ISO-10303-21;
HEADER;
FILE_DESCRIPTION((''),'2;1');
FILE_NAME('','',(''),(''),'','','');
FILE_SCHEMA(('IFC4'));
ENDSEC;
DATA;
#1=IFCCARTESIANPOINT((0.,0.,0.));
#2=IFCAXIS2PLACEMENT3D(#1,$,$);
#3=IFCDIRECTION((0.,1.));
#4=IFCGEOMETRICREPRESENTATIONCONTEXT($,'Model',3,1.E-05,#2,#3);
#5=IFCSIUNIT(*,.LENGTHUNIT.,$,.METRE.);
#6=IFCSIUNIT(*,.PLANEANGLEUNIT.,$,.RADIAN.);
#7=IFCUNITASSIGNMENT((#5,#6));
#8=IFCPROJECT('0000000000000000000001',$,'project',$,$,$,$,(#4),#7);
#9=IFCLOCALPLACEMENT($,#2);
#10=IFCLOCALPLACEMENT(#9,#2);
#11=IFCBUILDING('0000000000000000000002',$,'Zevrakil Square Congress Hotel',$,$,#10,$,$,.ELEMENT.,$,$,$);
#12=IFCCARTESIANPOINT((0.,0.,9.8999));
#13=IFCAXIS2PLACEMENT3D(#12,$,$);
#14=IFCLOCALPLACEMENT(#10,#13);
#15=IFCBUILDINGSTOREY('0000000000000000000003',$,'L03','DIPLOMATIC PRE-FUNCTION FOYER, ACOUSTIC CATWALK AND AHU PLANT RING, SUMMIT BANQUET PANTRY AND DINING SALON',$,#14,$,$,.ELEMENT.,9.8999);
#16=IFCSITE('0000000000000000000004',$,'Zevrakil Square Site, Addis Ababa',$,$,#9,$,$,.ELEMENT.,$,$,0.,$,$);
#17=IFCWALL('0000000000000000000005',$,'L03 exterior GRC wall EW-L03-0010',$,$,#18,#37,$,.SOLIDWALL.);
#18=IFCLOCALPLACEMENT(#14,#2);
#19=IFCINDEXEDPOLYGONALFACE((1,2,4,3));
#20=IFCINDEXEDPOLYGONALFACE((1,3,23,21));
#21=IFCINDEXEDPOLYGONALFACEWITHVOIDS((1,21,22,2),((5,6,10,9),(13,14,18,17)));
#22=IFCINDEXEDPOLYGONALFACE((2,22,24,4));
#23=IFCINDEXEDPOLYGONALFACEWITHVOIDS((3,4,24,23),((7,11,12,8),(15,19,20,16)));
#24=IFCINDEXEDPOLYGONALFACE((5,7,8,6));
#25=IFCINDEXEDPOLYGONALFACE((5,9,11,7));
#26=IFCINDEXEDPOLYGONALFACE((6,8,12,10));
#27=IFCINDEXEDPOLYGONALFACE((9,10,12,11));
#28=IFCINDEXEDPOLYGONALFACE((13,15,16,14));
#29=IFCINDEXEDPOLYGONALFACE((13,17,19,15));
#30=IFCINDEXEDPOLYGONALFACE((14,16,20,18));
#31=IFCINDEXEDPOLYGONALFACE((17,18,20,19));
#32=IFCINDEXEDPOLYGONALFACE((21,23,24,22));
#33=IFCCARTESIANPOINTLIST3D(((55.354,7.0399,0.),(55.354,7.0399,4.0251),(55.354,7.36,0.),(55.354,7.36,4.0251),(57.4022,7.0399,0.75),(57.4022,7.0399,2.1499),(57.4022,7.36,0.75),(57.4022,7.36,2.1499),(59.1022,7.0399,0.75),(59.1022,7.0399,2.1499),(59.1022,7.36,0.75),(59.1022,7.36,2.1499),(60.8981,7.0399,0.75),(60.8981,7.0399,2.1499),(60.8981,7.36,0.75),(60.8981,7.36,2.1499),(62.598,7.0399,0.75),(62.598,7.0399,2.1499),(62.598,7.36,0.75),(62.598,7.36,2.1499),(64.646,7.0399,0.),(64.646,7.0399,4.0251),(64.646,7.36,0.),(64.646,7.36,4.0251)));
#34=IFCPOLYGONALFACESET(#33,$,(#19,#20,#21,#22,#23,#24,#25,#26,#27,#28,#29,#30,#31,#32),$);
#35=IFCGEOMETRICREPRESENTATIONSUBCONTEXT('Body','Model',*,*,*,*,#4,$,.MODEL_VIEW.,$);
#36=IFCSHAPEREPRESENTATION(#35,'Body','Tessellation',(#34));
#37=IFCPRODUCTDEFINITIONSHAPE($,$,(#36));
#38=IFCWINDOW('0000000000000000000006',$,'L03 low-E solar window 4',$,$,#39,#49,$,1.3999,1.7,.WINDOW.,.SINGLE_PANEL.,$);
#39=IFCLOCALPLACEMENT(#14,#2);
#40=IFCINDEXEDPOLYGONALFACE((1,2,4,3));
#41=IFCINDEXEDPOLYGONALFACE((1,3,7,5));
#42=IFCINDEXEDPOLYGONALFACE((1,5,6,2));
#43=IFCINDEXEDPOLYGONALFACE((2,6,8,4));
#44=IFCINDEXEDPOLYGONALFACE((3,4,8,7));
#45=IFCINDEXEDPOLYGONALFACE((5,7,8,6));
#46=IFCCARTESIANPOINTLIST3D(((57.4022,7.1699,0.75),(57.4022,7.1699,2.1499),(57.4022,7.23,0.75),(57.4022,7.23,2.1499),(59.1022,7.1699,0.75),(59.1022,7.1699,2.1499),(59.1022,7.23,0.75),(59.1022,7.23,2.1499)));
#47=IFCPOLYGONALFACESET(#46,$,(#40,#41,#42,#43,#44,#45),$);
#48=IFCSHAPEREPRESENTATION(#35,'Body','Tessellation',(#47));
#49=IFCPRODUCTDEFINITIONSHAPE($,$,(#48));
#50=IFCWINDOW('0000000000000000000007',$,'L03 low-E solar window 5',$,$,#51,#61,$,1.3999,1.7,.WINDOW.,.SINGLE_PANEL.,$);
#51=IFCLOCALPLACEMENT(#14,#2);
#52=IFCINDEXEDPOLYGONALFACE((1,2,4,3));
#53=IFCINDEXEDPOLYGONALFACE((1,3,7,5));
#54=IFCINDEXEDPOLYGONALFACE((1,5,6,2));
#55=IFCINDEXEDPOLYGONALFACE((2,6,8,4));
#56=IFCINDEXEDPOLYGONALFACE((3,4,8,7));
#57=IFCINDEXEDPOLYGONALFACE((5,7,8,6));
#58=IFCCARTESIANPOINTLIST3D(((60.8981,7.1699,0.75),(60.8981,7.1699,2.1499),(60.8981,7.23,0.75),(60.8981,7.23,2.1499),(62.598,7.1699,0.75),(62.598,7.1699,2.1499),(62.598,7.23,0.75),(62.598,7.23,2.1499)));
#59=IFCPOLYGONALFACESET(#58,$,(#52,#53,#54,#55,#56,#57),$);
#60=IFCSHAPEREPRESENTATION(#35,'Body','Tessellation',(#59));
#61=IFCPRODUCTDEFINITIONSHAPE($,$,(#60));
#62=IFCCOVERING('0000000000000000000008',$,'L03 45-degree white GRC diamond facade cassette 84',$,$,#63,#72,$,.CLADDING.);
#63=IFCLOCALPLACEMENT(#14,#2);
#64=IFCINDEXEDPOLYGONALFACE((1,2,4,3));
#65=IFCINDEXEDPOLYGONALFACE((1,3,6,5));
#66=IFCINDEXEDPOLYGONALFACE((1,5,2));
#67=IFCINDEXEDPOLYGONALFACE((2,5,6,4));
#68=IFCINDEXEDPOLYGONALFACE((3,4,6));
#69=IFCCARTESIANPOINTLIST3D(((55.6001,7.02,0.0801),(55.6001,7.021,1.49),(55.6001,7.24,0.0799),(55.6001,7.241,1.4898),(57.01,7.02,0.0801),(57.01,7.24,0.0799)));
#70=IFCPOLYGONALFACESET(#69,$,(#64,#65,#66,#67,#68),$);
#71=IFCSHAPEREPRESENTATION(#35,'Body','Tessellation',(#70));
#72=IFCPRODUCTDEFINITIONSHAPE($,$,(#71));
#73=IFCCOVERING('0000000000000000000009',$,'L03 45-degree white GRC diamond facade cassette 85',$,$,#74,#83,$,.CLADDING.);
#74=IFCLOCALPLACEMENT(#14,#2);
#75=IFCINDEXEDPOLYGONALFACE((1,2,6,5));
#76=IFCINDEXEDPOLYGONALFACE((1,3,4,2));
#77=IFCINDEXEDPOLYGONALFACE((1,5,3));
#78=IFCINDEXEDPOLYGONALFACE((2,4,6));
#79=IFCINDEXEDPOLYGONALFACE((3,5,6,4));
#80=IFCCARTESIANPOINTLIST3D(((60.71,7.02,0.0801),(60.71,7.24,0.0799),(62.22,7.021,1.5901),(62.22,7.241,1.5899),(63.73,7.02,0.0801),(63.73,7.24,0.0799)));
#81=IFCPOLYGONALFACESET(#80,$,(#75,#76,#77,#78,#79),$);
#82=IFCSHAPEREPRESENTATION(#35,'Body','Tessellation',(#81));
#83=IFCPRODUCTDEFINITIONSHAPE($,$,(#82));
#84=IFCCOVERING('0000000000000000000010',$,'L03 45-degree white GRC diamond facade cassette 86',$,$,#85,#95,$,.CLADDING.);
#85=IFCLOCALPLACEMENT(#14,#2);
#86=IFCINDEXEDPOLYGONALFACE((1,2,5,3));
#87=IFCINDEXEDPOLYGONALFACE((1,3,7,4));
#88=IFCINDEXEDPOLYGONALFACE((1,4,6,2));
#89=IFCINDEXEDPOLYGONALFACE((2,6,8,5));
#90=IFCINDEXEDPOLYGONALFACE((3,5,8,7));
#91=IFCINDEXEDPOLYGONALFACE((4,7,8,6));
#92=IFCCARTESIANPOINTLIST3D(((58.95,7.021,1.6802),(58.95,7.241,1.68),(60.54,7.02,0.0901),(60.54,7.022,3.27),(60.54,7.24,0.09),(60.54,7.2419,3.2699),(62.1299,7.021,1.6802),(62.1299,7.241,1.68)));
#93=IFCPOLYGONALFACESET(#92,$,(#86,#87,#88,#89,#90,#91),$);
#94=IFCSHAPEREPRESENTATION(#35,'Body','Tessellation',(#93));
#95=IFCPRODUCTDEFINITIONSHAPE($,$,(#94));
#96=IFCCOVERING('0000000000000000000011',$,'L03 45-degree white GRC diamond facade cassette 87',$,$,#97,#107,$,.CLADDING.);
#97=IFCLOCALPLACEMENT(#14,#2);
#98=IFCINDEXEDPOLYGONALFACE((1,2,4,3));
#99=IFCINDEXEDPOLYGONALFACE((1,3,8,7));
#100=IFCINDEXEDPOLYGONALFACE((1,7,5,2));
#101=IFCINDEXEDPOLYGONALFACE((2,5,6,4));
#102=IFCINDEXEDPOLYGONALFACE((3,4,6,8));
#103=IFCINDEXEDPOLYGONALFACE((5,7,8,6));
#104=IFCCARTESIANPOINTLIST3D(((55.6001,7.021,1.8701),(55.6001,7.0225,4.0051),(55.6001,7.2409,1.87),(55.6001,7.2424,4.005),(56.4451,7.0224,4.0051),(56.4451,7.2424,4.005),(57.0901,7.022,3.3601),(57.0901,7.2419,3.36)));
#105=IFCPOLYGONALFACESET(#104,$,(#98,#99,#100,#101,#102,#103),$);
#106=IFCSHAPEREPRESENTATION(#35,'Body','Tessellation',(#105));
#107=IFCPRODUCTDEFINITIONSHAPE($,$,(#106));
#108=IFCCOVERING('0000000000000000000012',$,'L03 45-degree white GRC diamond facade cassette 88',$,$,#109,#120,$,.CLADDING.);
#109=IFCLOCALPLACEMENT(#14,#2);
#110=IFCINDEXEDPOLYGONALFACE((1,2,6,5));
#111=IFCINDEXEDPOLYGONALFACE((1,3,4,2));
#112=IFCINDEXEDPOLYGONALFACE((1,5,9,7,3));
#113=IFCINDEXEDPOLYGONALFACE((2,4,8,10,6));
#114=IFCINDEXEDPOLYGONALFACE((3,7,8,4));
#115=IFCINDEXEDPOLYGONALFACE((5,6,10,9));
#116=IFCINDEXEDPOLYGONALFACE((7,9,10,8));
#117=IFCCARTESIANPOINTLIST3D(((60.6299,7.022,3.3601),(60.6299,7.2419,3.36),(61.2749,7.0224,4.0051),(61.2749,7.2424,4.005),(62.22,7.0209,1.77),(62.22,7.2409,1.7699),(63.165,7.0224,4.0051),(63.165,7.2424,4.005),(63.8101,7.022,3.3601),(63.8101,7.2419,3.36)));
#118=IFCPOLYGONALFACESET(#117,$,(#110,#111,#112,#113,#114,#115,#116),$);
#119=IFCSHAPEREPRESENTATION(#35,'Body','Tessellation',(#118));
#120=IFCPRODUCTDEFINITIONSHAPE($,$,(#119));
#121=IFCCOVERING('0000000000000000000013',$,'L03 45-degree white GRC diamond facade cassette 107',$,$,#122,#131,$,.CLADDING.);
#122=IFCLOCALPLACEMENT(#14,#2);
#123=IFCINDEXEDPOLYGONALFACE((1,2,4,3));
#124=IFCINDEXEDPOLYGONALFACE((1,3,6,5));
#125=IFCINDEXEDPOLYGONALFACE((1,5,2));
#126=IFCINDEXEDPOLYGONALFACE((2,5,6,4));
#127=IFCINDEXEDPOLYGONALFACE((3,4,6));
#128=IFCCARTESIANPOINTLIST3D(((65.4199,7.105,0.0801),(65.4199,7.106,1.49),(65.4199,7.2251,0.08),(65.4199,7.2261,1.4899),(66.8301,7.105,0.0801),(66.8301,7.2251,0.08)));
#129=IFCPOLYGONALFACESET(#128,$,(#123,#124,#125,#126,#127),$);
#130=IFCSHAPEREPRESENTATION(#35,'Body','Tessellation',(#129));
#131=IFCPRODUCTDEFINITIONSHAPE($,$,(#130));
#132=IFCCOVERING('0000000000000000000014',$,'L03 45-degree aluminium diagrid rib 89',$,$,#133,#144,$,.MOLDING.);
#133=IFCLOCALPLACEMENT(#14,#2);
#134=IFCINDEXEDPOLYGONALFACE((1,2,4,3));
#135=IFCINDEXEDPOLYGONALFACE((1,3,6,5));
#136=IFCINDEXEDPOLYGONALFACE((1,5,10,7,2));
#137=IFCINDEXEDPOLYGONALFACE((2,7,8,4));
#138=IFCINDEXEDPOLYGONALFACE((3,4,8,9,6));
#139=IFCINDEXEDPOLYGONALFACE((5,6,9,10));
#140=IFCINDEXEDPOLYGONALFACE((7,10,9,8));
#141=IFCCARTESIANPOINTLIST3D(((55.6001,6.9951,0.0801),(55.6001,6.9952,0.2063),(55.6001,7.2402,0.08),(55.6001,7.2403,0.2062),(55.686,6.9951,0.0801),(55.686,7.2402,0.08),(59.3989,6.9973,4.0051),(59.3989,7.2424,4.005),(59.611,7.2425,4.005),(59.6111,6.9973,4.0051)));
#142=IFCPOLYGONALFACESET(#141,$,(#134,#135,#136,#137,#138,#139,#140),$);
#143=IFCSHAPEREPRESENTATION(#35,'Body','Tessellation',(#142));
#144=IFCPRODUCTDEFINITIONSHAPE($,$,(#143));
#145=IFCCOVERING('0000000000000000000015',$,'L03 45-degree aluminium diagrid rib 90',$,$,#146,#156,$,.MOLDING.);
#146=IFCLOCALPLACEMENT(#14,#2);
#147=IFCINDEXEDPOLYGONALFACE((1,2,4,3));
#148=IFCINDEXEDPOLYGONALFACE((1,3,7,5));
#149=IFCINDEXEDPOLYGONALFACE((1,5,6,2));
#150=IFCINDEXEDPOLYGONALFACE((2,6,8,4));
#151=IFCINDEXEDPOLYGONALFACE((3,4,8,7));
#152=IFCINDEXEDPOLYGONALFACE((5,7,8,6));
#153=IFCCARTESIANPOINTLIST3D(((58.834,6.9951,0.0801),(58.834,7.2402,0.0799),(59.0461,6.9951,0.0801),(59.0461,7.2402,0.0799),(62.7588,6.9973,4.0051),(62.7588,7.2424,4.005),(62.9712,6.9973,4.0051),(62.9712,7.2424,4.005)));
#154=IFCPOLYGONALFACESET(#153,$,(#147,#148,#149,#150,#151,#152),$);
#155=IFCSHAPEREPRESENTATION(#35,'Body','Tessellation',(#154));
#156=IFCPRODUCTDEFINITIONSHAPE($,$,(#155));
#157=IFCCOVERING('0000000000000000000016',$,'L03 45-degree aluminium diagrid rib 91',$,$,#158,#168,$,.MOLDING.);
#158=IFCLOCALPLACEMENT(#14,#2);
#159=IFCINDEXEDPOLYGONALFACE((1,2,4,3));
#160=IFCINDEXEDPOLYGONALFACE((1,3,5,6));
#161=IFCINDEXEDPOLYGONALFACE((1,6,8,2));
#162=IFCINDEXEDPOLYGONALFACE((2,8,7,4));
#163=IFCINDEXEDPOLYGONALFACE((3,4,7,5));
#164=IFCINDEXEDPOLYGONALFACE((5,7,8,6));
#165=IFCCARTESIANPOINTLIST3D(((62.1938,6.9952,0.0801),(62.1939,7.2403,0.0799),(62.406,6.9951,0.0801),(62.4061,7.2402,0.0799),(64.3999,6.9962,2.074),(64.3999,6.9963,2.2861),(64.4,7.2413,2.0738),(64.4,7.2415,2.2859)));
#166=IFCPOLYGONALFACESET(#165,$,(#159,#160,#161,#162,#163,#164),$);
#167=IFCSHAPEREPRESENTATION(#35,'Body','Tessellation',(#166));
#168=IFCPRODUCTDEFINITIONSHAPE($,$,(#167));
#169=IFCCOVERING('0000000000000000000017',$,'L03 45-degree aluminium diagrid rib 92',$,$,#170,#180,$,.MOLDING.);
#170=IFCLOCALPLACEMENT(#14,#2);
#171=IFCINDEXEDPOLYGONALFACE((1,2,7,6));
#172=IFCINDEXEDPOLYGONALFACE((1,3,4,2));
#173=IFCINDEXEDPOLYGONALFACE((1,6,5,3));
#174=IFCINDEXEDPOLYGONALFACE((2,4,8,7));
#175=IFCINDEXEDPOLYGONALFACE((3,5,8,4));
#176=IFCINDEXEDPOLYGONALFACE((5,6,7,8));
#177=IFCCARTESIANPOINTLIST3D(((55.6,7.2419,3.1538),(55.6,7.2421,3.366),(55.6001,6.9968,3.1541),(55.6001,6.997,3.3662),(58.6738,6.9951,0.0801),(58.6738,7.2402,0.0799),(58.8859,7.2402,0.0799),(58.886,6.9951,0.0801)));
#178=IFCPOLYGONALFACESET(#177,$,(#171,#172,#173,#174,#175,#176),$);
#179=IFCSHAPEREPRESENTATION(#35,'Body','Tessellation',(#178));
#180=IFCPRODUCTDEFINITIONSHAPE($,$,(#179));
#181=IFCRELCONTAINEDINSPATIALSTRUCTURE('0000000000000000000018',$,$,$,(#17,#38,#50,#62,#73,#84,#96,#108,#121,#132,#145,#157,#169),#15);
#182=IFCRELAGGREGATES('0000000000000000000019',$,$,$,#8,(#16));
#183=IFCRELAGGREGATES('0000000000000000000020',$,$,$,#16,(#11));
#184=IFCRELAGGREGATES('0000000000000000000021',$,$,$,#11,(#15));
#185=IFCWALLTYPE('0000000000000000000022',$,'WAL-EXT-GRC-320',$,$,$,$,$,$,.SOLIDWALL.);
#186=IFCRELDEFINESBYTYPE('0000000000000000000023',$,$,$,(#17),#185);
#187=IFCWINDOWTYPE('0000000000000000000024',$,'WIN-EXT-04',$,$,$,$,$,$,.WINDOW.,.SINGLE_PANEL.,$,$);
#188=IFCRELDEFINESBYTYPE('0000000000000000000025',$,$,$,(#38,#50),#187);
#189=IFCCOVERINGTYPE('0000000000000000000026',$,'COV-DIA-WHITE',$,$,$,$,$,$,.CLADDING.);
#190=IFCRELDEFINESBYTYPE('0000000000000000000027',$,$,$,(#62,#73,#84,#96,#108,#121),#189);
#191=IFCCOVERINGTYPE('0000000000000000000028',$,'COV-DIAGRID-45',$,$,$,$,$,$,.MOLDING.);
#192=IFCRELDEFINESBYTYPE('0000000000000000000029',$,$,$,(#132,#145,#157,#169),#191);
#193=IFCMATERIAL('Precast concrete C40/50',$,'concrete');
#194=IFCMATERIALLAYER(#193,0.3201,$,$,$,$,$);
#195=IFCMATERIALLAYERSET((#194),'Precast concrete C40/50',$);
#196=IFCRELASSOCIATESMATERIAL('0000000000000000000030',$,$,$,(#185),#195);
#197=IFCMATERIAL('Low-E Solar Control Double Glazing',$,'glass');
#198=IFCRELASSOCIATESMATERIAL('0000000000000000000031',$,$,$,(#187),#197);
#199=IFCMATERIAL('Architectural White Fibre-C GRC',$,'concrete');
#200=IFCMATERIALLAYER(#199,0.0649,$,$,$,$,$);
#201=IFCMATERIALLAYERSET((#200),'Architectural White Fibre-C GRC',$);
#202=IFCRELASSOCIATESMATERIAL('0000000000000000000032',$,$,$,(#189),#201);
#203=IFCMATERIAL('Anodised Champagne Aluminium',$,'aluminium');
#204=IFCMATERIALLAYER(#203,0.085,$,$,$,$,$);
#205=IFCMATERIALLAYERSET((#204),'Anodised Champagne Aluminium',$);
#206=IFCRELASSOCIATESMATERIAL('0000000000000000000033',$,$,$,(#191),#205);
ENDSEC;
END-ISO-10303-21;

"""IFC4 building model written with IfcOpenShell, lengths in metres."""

from ifc_helpers import new_model, si_unit, direction, frame, frame_2d, origin, place, context, subcontext, project, spatial, polyline, rectangle, outline, extrude, material, layer, layer_set, type_object, element, fill, save


model = new_model("IFC4")

# Units and contexts
model_context = context("Model", 3, precision=1e-05, world=origin(), true_north=direction((0.0, 1.0)))
body_context = subcontext(model_context, "Body", "Model", "MODEL_VIEW")
ifc_project = project(units=[si_unit("LENGTHUNIT", "METRE"), si_unit("PLANEANGLEUNIT", "RADIAN")], contexts=[model_context])

# Site, building, storey
site_placement = place(None, origin())
site = spatial("IfcSite", under=ifc_project, at=site_placement, Name="Zevrakil Square Site, Addis Ababa", CompositionType="ELEMENT", RefElevation=0.0)
building_placement = place(site_placement, origin())
building = spatial("IfcBuilding", under=site, at=building_placement, Name="Zevrakil Square Congress Hotel", CompositionType="ELEMENT")
storey_placement = place(building_placement, frame((0.0, 0.0, 9.8999)))
storey = spatial("IfcBuildingStorey", under=building, at=storey_placement, Name="L03", Description="DIPLOMATIC PRE-FUNCTION FOYER, ACOUSTIC CATWALK AND AHU PLANT RING, SUMMIT BANQUET PANTRY AND DINING SALON", CompositionType="ELEMENT", Elevation=9.8999)

# Wall, openings, windows
ifc_material_1 = material(Name="Precast concrete C40/50", Category="concrete")
ifc_layer_1 = layer(ifc_material_1, 0.3201)
ifc_layer_set_1 = layer_set([ifc_layer_1], Name="Precast concrete C40/50")
wall_type = type_object("IfcWallType", Name="WAL-EXT-GRC-320", PredefinedType="SOLIDWALL", material=ifc_layer_set_1)
wall_placement = place(storey_placement, frame((55.354, 7.2, 0.0), z_axis=(0.0, 0.0, 1.0), x_axis=(1.0, 0.0, 0.0)))
wall = element("IfcWall", 1, at=wall_placement, inside=storey, type_object=wall_type, Name="L03 exterior GRC wall EW-L03-0010", PredefinedType="SOLIDWALL", context=body_context, shape_type="SweptSolid", body=[
    extrude(rectangle(XDim=9.292, YDim=0.3201, at=frame_2d((4.646, 0.0))), origin(), (0.0, 0.0, 1.0), 4.0251),
])
opening_1_placement = place(wall_placement, frame((2.0481, 0.0, 0.75)))
opening_1 = element("IfcOpeningElement", 2, at=opening_1_placement, cuts=wall, PredefinedType="OPENING", context=body_context, shape_type="SweptSolid", body=[
    extrude(rectangle(XDim=1.7, YDim=1.3999, at=frame_2d((0.8501, 0.7))), frame((0.0, 0.1699, 0.0), z_axis=(0.0, -1.0, 0.0), x_axis=(1.0, 0.0, 0.0)), (0.0, 0.0, 1.0), 0.3401),
])
opening_2_placement = place(wall_placement, frame((5.5439, 0.0, 0.75)))
opening_2 = element("IfcOpeningElement", 3, at=opening_2_placement, cuts=wall, PredefinedType="OPENING", context=body_context, shape_type="SweptSolid", body=[
    extrude(rectangle(XDim=1.7, YDim=1.3999, at=frame_2d((0.8501, 0.7))), frame((0.0, 0.1699, 0.0), z_axis=(0.0, -1.0, 0.0), x_axis=(1.0, 0.0, 0.0)), (0.0, 0.0, 1.0), 0.3401),
])
ifc_material_2 = material(Name="Low-E Solar Control Double Glazing", Category="glass")
window_type = type_object("IfcWindowType", Name="WIN-EXT-04", PartitioningType="SINGLE_PANEL", PredefinedType="WINDOW", material=ifc_material_2)
window_1_placement = place(opening_1_placement, origin())
window_1 = element("IfcWindow", 4, at=window_1_placement, inside=storey, type_object=window_type, Name="L03 low-E solar window 4", OverallHeight=1.3999, OverallWidth=1.7, PartitioningType="SINGLE_PANEL", PredefinedType="WINDOW", context=body_context, shape_type="SweptSolid", body=[
    extrude(rectangle(XDim=1.7, YDim=1.3999, at=frame_2d((0.8501, 0.7))), frame((0.0, 0.03, 0.0), z_axis=(0.0, -1.0, 0.0), x_axis=(1.0, 0.0, 0.0)), (0.0, 0.0, 1.0), 0.0601),
])
fill(opening_1, window_1)
window_2_placement = place(opening_2_placement, origin())
window_2 = element("IfcWindow", 5, at=window_2_placement, inside=storey, type_object=window_type, Name="L03 low-E solar window 5", OverallHeight=1.3999, OverallWidth=1.7, PartitioningType="SINGLE_PANEL", PredefinedType="WINDOW", context=body_context, shape_type="SweptSolid", body=[
    extrude(rectangle(XDim=1.7, YDim=1.3999, at=frame_2d((0.8501, 0.7))), frame((0.0, 0.03, 0.0), z_axis=(0.0, -1.0, 0.0), x_axis=(1.0, 0.0, 0.0)), (0.0, 0.0, 1.0), 0.0601),
])
fill(opening_2, window_2)

# Coverings
ifc_material_3 = material(Name="Architectural White Fibre-C GRC", Category="concrete")
ifc_layer_2 = layer(ifc_material_3, 0.0649)
ifc_layer_set_2 = layer_set([ifc_layer_2], Name="Architectural White Fibre-C GRC")
covering_type_1 = type_object("IfcCoveringType", Name="COV-DIA-WHITE", PredefinedType="CLADDING", material=ifc_layer_set_2)
covering_1_placement = place(storey_placement, frame((57.01, 7.02, 0.0801), z_axis=(0.0, -1.0, 0.000693), x_axis=(-1.0, 0.0, 0.0)))
element("IfcCovering", 6, at=covering_1_placement, inside=storey, type_object=covering_type_1, Name="L03 45-degree white GRC diamond facade cassette 84", PredefinedType="CLADDING", context=body_context, shape_type="SweptSolid", body=[
    extrude(outline(polyline([(0.0, 0.0), (1.4099, 0.0), (1.4099, -1.4099), (0.0, 0.0)])), origin(), (0.0, 0.0, -1.0), 0.22),
])
covering_2_placement = place(storey_placement, frame((62.22, 7.021, 1.5901), z_axis=(0.0, -1.0, 0.000647), x_axis=(0.707107, -0.000457, -0.707107)))
element("IfcCovering", 7, at=covering_2_placement, inside=storey, type_object=covering_type_1, Name="L03 45-degree white GRC diamond facade cassette 85", PredefinedType="CLADDING", context=body_context, shape_type="SweptSolid", body=[
    extrude(outline(polyline([(0.0, 0.0), (2.1355, 0.0), (0.0, -2.1355), (0.0, 0.0)])), origin(), (0.0, 0.0, -1.0), 0.22),
])
covering_3_placement = place(storey_placement, frame((60.54, 7.022, 3.27), z_axis=(0.0, -1.0, 0.000614), x_axis=(0.707107, -0.000434, -0.707107)))
element("IfcCovering", 8, at=covering_3_placement, inside=storey, type_object=covering_type_1, Name="L03 45-degree white GRC diamond facade cassette 86", PredefinedType="CLADDING", context=body_context, shape_type="SweptSolid", body=[
    extrude(outline(polyline([(0.0, 0.0), (2.2484, 0.0), (2.2486, -2.2486), (-0.0002, -2.2486), (0.0, 0.0)])), origin(), (0.0, 0.0, -1.0), 0.22),
])
covering_4_placement = place(storey_placement, frame((57.0901, 7.022, 3.3601), z_axis=(-0.000026, -1.0, 0.000696), x_axis=(-0.707107, -0.000474, -0.707107)))
element("IfcCovering", 9, at=covering_4_placement, inside=storey, type_object=covering_type_1, Name="L03 45-degree white GRC diamond facade cassette 87", PredefinedType="CLADDING", context=body_context, shape_type="SweptSolid", body=[
    extrude(outline(polyline([(0.0, 0.0), (2.1072, 0.0), (0.5975, -1.5097), (0.0, -0.9122), (0.0, 0.0)])), origin(), (0.0, 0.0, -1.0), 0.22),
])
covering_5_placement = place(storey_placement, frame((63.8101, 7.022, 3.3601), z_axis=(0.0, -1.0, 0.00067), x_axis=(-0.707107, -0.000474, -0.707107)))
element("IfcCovering", 10, at=covering_5_placement, inside=storey, type_object=covering_type_1, Name="L03 45-degree white GRC diamond facade cassette 88", PredefinedType="CLADDING", context=body_context, shape_type="SweptSolid", body=[
    extrude(outline(polyline([(0.0, 0.0), (2.2487, 0.0), (2.2487, -2.2487), (1.3365, -2.2487), (0.0, -0.9122), (0.0, 0.0)])), origin(), (0.0, 0.0, -1.0), 0.22),
])
covering_6_placement = place(storey_placement, frame((66.8301, 7.105, 0.0801), z_axis=(0.0, -1.0, 0.000693), x_axis=(-1.0, 0.0, 0.0)))
element("IfcCovering", 11, at=covering_6_placement, inside=storey, type_object=covering_type_1, Name="L03 45-degree white GRC diamond facade cassette 107", PredefinedType="CLADDING", context=body_context, shape_type="SweptSolid", body=[
    extrude(outline(polyline([(0.0, 0.0), (1.4102, 0.0), (1.4102, -1.4099), (0.0, 0.0)])), origin(), (0.0, 0.0, -1.0), 0.1201),
])
ifc_material_4 = material(Name="Anodised Champagne Aluminium", Category="aluminium")
ifc_layer_3 = layer(ifc_material_4, 0.085)
ifc_layer_set_3 = layer_set([ifc_layer_3], Name="Anodised Champagne Aluminium")
covering_type_2 = type_object("IfcCoveringType", Name="COV-DIAGRID-45", PredefinedType="MOLDING", material=ifc_layer_set_3)
covering_7_placement = place(storey_placement, frame((55.686, 6.9951, 0.0801), z_axis=(0.000168, -1.0, 0.000397), x_axis=(-1.0, -0.000168, 0.0)))
element("IfcCovering", 12, at=covering_7_placement, inside=storey, type_object=covering_type_2, Name="L03 45-degree aluminium diagrid rib 89", PredefinedType="MOLDING", context=body_context, shape_type="SweptSolid", body=[
    extrude(outline(polyline([(0.0, 0.0), (0.0859, 0.0), (0.0859, -0.1262), (-3.7129, -3.925), (-3.925, -3.925), (0.0, 0.0)])), origin(), (0.0, 0.0, -1.0), 0.2451),
])
covering_8_placement = place(storey_placement, frame((59.0461, 6.9951, 0.0801), z_axis=(0.0, -1.0, 0.00056), x_axis=(-1.0, 0.0, 0.0)))
element("IfcCovering", 13, at=covering_8_placement, inside=storey, type_object=covering_type_2, Name="L03 45-degree aluminium diagrid rib 90", PredefinedType="MOLDING", context=body_context, shape_type="SweptSolid", body=[
    extrude(outline(polyline([(0.0, 0.0), (0.2122, 0.0), (-3.7126, -3.925), (-3.925, -3.925), (0.0, 0.0)])), origin(), (0.0, 0.0, -1.0), 0.2451),
])
covering_9_placement = place(storey_placement, frame((62.406, 6.9951, 0.0801), z_axis=(-0.000314, -1.0, 0.000837), x_axis=(-1.0, 0.000314, 0.0)))
element("IfcCovering", 14, at=covering_9_placement, inside=storey, type_object=covering_type_2, Name="L03 45-degree aluminium diagrid rib 91", PredefinedType="MOLDING", context=body_context, shape_type="SweptSolid", body=[
    extrude(outline(polyline([(0.0, 0.0), (0.2122, 0.0), (-1.9939, -2.2061), (-1.9939, -1.9939), (0.0, 0.0)])), origin(), (0.0, 0.0, -1.0), 0.2451),
])
covering_10_placement = place(storey_placement, frame((55.6001, 6.9968, 3.1541), z_axis=(0.000287, -1.0, 0.000863), x_axis=(0.0, 0.000863, 1.0)))
element("IfcCovering", 15, at=covering_10_placement, inside=storey, type_object=covering_type_2, Name="L03 45-degree aluminium diagrid rib 92", PredefinedType="MOLDING", context=body_context, shape_type="SweptSolid", body=[
    extrude(outline(polyline([(0.0, 0.0), (0.2122, 0.0), (-3.074, -3.2859), (-3.074, -3.0737), (0.0, 0.0)])), origin(), (0.0, 0.0, -1.0), 0.2451),
])

save(model, "model.ifc")
